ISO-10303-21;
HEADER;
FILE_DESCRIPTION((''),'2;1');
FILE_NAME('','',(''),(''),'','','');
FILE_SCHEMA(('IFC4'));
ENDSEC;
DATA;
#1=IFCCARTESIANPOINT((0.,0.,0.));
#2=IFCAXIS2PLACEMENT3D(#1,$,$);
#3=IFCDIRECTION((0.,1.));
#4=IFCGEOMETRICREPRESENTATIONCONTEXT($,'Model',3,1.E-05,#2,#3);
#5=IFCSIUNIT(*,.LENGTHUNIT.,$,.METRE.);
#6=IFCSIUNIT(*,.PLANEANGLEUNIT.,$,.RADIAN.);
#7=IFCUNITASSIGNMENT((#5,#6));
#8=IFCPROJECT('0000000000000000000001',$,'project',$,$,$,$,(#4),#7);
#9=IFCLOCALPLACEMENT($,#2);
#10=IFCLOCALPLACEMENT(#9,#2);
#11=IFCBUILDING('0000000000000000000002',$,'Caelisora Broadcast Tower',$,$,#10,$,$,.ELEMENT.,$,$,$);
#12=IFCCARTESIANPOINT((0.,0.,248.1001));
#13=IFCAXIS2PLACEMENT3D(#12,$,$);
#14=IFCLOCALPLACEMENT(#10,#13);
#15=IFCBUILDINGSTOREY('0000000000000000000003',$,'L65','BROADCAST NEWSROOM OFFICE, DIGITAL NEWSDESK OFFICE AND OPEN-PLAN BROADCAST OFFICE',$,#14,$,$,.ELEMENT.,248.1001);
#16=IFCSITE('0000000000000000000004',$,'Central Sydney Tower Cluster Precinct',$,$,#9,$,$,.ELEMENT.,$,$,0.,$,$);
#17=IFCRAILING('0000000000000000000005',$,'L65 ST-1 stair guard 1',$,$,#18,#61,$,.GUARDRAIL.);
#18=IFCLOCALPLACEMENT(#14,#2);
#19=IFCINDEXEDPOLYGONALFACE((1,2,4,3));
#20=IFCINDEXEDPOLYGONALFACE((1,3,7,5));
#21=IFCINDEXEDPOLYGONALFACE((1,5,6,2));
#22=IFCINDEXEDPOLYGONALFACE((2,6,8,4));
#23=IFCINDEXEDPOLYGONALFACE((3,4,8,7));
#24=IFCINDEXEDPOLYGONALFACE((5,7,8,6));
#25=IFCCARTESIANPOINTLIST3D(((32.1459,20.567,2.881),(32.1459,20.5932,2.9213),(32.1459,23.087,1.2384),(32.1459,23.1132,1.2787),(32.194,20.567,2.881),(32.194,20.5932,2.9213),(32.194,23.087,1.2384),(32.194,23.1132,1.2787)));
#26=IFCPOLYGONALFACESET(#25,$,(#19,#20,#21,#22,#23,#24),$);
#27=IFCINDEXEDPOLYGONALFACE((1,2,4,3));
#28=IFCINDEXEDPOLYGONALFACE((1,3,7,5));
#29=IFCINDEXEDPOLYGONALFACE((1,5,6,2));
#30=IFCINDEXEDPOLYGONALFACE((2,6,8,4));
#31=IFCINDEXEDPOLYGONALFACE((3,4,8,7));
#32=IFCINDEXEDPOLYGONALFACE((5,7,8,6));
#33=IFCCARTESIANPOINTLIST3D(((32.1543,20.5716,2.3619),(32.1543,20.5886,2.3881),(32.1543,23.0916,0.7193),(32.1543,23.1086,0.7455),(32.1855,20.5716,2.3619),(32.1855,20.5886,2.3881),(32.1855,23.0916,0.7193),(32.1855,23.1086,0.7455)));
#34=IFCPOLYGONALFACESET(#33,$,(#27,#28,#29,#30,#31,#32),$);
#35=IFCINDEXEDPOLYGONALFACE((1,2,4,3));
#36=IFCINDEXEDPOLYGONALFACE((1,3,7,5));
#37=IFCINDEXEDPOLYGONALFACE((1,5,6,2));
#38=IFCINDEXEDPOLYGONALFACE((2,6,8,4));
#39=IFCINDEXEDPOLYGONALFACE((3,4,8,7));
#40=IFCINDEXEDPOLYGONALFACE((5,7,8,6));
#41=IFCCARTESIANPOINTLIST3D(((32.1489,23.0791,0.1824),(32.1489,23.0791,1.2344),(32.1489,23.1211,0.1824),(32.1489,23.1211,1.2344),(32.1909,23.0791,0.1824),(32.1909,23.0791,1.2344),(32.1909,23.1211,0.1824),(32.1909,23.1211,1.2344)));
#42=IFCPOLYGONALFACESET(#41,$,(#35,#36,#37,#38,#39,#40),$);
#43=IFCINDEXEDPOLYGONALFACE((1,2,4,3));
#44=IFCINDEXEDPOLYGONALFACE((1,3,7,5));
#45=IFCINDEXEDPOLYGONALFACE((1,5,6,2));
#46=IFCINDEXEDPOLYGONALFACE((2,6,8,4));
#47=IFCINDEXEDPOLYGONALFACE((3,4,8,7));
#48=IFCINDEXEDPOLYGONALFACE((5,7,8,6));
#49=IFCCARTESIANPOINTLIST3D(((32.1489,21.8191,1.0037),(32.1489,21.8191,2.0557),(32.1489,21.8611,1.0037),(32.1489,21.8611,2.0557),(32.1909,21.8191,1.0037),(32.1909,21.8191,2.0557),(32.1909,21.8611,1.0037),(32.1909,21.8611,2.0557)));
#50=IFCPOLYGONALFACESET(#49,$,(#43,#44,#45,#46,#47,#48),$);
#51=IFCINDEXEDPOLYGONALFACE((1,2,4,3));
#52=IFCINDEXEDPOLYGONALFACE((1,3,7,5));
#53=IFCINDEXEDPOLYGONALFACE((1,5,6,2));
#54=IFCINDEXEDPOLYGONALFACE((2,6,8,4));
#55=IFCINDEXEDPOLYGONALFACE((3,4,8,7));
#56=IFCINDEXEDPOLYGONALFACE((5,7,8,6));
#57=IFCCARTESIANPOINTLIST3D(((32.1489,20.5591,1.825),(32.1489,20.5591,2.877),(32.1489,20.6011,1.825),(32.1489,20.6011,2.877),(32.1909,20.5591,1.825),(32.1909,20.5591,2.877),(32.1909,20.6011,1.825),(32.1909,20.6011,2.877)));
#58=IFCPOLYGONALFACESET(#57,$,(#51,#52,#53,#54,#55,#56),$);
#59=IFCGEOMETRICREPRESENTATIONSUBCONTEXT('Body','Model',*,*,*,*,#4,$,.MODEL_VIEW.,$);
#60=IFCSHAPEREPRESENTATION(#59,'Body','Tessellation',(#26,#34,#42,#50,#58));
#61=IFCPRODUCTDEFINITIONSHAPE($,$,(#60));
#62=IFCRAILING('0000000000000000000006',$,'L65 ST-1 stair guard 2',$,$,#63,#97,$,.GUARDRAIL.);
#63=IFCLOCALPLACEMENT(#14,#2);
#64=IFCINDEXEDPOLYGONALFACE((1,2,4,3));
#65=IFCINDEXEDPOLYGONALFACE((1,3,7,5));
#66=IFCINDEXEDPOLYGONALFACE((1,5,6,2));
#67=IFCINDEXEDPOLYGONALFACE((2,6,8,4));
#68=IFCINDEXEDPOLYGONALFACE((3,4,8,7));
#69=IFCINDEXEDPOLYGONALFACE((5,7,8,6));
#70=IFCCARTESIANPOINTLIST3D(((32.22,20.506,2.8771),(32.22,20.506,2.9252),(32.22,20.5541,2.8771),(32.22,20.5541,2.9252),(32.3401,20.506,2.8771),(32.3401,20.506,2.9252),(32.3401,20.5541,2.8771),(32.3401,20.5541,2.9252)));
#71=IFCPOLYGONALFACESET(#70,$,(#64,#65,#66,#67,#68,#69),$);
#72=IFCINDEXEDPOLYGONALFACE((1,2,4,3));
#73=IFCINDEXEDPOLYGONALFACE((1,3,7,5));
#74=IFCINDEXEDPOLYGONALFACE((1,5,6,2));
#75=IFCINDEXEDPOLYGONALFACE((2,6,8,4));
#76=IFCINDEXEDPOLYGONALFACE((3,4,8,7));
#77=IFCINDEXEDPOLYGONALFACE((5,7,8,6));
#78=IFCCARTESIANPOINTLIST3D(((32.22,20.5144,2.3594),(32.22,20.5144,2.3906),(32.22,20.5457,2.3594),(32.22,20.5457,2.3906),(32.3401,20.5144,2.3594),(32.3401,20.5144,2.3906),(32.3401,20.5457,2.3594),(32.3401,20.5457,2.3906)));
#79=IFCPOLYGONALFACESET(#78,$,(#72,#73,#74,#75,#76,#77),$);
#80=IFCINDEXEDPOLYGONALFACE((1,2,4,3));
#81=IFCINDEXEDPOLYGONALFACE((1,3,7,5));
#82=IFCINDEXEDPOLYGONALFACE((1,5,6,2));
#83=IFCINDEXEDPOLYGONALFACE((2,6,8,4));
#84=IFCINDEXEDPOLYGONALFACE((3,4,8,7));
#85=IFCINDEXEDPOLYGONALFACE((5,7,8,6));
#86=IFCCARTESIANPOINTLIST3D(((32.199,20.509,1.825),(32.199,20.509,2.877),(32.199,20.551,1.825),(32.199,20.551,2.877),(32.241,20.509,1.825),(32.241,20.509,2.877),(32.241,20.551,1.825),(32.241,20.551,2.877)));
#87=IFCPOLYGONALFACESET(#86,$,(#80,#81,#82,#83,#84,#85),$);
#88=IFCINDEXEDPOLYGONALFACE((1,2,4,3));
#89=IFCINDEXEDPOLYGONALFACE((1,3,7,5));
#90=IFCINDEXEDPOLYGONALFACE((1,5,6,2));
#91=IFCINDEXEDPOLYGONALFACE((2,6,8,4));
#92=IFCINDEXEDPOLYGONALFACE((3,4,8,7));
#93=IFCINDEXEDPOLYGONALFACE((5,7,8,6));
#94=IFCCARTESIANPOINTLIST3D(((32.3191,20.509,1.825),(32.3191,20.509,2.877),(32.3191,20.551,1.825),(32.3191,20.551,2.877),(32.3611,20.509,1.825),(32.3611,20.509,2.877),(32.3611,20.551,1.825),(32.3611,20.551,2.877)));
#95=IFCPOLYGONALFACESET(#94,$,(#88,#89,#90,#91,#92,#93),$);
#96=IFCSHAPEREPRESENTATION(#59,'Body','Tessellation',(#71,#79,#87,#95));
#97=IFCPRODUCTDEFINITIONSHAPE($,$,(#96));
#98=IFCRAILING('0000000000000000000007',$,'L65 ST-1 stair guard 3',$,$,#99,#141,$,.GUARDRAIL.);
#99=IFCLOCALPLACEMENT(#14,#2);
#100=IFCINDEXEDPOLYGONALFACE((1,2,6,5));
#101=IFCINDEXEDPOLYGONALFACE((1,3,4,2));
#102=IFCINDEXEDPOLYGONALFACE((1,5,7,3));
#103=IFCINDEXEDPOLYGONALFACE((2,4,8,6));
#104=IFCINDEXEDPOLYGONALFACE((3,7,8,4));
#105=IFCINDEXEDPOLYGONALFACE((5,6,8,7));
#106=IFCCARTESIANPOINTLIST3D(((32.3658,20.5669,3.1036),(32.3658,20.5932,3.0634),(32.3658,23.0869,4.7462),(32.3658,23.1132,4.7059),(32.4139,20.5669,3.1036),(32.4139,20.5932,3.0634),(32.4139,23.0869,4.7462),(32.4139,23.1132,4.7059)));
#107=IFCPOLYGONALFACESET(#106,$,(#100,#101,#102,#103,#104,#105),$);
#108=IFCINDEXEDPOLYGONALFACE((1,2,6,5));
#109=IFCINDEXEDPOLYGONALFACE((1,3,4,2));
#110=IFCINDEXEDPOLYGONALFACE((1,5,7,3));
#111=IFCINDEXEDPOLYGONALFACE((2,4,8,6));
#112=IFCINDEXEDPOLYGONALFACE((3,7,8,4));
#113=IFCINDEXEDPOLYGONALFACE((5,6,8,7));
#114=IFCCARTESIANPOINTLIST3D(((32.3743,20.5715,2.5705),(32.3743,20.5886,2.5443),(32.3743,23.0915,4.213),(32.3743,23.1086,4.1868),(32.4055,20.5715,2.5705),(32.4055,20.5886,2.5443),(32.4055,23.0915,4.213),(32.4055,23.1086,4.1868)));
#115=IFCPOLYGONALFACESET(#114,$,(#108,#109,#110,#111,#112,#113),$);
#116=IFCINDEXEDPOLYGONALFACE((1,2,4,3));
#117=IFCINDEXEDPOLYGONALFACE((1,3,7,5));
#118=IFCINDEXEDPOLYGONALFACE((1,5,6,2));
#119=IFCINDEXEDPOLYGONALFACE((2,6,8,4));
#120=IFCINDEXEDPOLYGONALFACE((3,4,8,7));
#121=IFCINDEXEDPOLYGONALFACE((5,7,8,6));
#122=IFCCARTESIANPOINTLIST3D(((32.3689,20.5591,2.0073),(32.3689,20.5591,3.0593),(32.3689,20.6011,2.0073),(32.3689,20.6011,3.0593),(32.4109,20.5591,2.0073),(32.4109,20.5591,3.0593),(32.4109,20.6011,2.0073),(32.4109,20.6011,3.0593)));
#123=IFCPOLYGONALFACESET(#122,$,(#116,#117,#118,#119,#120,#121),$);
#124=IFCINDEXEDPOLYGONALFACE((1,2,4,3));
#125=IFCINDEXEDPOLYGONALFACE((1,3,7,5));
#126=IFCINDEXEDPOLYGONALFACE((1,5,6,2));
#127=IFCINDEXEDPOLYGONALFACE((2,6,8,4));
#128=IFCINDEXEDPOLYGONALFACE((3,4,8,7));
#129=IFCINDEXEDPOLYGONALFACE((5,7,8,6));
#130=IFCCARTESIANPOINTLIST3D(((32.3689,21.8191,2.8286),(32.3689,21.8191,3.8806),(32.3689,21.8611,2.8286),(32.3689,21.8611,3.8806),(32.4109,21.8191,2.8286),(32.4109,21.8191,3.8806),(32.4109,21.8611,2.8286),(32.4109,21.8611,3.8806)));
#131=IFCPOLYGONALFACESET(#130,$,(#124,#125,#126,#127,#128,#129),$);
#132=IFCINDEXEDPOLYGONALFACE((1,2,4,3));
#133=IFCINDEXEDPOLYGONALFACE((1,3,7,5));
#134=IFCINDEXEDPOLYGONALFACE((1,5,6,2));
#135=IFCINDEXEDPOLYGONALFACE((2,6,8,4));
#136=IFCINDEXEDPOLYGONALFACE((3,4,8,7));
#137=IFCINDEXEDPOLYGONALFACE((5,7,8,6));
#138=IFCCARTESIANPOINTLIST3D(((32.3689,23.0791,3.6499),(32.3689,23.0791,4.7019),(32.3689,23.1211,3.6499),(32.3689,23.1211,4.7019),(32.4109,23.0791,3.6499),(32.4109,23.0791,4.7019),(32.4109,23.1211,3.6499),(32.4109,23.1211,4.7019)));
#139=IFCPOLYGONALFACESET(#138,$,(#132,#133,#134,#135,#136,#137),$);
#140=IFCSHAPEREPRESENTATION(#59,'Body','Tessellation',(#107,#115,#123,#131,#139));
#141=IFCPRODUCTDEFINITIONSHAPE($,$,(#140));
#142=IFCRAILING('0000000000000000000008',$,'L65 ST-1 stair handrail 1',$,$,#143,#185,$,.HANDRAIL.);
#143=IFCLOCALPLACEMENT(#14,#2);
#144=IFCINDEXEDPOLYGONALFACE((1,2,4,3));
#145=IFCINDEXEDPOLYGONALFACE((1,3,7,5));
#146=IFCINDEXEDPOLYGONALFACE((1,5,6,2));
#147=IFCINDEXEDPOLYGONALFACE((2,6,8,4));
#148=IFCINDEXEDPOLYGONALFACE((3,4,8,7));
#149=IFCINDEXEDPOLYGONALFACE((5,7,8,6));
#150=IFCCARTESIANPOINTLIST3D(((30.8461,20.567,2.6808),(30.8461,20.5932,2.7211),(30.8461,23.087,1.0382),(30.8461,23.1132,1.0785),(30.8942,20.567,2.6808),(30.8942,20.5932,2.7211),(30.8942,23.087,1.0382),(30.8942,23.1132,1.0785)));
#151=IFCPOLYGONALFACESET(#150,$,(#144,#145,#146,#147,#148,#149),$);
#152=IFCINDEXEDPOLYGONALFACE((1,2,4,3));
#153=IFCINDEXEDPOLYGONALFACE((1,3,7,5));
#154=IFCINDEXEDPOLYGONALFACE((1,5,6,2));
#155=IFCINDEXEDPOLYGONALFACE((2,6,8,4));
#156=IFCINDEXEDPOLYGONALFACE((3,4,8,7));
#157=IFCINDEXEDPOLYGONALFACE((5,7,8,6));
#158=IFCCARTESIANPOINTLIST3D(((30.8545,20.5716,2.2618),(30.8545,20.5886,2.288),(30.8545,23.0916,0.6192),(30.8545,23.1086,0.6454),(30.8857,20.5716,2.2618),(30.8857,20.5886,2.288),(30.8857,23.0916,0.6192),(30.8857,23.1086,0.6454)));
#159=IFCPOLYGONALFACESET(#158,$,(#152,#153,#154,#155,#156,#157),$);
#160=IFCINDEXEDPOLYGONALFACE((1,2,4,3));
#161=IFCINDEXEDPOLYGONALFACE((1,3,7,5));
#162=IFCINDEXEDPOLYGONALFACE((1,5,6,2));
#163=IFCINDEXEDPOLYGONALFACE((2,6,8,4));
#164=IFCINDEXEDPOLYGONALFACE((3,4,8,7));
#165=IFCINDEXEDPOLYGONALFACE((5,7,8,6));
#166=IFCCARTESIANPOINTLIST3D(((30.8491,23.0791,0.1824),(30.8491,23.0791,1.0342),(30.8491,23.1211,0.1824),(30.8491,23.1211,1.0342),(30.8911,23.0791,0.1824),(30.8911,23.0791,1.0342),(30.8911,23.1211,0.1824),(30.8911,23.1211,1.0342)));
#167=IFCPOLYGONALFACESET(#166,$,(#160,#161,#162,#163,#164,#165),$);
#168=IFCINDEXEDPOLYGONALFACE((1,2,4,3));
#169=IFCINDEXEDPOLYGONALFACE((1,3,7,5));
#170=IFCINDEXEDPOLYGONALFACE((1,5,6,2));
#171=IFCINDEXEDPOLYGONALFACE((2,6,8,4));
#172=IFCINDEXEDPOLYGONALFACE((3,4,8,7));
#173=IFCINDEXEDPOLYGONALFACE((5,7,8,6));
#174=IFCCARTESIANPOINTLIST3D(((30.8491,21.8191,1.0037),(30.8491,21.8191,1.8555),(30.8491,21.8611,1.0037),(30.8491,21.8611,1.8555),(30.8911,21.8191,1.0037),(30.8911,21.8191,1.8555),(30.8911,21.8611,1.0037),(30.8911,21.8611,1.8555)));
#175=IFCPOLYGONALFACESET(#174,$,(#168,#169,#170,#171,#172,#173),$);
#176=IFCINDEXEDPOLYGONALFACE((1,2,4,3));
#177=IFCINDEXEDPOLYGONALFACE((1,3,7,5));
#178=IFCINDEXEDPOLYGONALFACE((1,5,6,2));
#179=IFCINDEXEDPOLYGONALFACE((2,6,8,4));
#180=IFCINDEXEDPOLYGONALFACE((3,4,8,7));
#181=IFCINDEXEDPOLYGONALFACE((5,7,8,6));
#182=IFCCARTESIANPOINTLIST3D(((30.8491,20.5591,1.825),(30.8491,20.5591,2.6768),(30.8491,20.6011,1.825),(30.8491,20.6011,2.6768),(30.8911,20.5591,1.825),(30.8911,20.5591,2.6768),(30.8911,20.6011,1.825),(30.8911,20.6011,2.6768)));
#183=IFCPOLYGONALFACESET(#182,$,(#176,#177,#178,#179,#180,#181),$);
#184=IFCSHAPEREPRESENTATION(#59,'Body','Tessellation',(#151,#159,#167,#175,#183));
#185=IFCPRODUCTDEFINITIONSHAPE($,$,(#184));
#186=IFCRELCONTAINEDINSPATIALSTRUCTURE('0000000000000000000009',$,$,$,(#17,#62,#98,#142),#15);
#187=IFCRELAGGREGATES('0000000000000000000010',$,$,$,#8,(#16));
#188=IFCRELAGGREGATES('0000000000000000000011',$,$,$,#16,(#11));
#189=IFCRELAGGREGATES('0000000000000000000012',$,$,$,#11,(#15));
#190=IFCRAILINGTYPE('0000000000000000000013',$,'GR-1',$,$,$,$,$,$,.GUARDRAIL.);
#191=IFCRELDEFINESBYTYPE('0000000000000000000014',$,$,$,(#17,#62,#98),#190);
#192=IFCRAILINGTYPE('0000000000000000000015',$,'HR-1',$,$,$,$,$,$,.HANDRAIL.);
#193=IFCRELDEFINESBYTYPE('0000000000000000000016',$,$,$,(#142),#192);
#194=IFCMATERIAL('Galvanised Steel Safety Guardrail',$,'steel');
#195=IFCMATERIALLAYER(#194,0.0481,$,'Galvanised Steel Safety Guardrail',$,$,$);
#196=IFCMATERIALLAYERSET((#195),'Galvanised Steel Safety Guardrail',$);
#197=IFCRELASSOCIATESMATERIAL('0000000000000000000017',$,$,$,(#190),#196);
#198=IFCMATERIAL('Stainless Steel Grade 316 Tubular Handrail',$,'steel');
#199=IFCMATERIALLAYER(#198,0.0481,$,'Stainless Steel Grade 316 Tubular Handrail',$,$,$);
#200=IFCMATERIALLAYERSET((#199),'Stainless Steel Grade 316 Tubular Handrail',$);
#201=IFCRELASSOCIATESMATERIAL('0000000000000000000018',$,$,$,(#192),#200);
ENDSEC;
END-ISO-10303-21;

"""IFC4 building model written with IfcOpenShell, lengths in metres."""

from ifc_helpers import new_model, si_unit, direction, frame, origin, origin_2d, place, context, subcontext, project, spatial, rectangle, extrude, material, layer, layer_set, type_object, element, save


model = new_model("IFC4")

# Units and contexts
model_context = context("Model", 3, precision=1e-05, world=origin(), true_north=direction((0.0, 1.0)))
body_context = subcontext(model_context, "Body", "Model", "MODEL_VIEW")
ifc_project = project(units=[si_unit("LENGTHUNIT", "METRE"), si_unit("PLANEANGLEUNIT", "RADIAN")], contexts=[model_context])

# Site, building, storey
site_placement = place(None, origin())
site = spatial("IfcSite", under=ifc_project, at=site_placement, Name="Central Sydney Tower Cluster Precinct", CompositionType="ELEMENT", RefElevation=0.0)
building_placement = place(site_placement, origin())
building = spatial("IfcBuilding", under=site, at=building_placement, Name="Caelisora Broadcast Tower", CompositionType="ELEMENT")
storey_placement = place(building_placement, frame((0.0, 0.0, 248.1001)))
storey = spatial("IfcBuildingStorey", under=building, at=storey_placement, Name="L65", Description="BROADCAST NEWSROOM OFFICE, DIGITAL NEWSDESK OFFICE AND OPEN-PLAN BROADCAST OFFICE", CompositionType="ELEMENT", Elevation=248.1001)

# Railings
ifc_material_1 = material(Name="Galvanised Steel Safety Guardrail", Category="steel")
ifc_layer_1 = layer(ifc_material_1, 0.0481, Name="Galvanised Steel Safety Guardrail")
ifc_layer_set_1 = layer_set([ifc_layer_1], Name="Galvanised Steel Safety Guardrail")
railing_type_1 = type_object("IfcRailingType", Name="GR-1", PredefinedType="GUARDRAIL", material=ifc_layer_set_1)
railing_1_placement = place(storey_placement, frame((32.1699, 23.1001, 0.1824)))
element("IfcRailing", 1, at=railing_1_placement, inside=storey, type_object=railing_type_1, Name="L65 ST-1 stair guard 1", PredefinedType="GUARDRAIL", context=body_context, shape_type="SweptSolid", body=[
    extrude(rectangle(XDim=0.0481, YDim=0.0481, at=origin_2d()), frame((0.0, 0.0, 1.0762), z_axis=(0.0, -0.837749, 0.546055), x_axis=(1.0, 0.0, 0.0)), (0.0, 0.0, 1.0), 3.0081),
    extrude(rectangle(XDim=0.0312, YDim=0.0312, at=origin_2d()), frame((0.0, 0.0, 0.55), z_axis=(0.0, -0.837749, 0.546055), x_axis=(1.0, 0.0, 0.0)), (0.0, 0.0, 1.0), 3.0081),
    extrude(rectangle(XDim=0.042, YDim=0.042, at=origin_2d()), origin(), (0.0, 0.0, 1.0), 1.052),
    extrude(rectangle(XDim=0.042, YDim=0.042, at=origin_2d()), frame((0.0, -1.26, 0.8213)), (0.0, 0.0, 1.0), 1.052),
    extrude(rectangle(XDim=0.042, YDim=0.042, at=origin_2d()), frame((0.0, -2.52, 1.6426)), (0.0, 0.0, 1.0), 1.052),
])
railing_2_placement = place(storey_placement, frame((32.22, 20.53, 1.825)))
element("IfcRailing", 2, at=railing_2_placement, inside=storey, type_object=railing_type_1, Name="L65 ST-1 stair guard 2", PredefinedType="GUARDRAIL", context=body_context, shape_type="SweptSolid", body=[
    extrude(rectangle(XDim=0.0481, YDim=0.0481, at=origin_2d()), frame((0.0, 0.0, 1.0762), z_axis=(1.0, 0.0, 0.0), x_axis=(0.0, 1.0, 0.0)), (0.0, 0.0, 1.0), 0.1201),
    extrude(rectangle(XDim=0.0312, YDim=0.0312, at=origin_2d()), frame((0.0, 0.0, 0.55), z_axis=(1.0, 0.0, 0.0), x_axis=(0.0, 1.0, 0.0)), (0.0, 0.0, 1.0), 0.1201),
    extrude(rectangle(XDim=0.042, YDim=0.042, at=origin_2d()), origin(), (0.0, 0.0, 1.0), 1.052),
    extrude(rectangle(XDim=0.042, YDim=0.042, at=origin_2d()), frame((0.1201, 0.0, 0.0)), (0.0, 0.0, 1.0), 1.052),
])
railing_3_placement = place(storey_placement, frame((32.3899, 20.5801, 2.0073)))
element("IfcRailing", 3, at=railing_3_placement, inside=storey, type_object=railing_type_1, Name="L65 ST-1 stair guard 3", PredefinedType="GUARDRAIL", context=body_context, shape_type="SweptSolid", body=[
    extrude(rectangle(XDim=0.0481, YDim=0.0481, at=origin_2d()), frame((0.0, 0.0, 1.0762), z_axis=(0.0, 0.837749, 0.546055), x_axis=(-1.0, 0.0, 0.0)), (0.0, 0.0, 1.0), 3.0081),
    extrude(rectangle(XDim=0.0312, YDim=0.0312, at=origin_2d()), frame((0.0, 0.0, 0.55), z_axis=(0.0, 0.837749, 0.546055), x_axis=(-1.0, 0.0, 0.0)), (0.0, 0.0, 1.0), 3.0081),
    extrude(rectangle(XDim=0.042, YDim=0.042, at=origin_2d()), origin(), (0.0, 0.0, 1.0), 1.052),
    extrude(rectangle(XDim=0.042, YDim=0.042, at=origin_2d()), frame((0.0, 1.26, 0.8213)), (0.0, 0.0, 1.0), 1.052),
    extrude(rectangle(XDim=0.042, YDim=0.042, at=origin_2d()), frame((0.0, 2.52, 1.6426)), (0.0, 0.0, 1.0), 1.052),
])
ifc_material_2 = material(Name="Stainless Steel Grade 316 Tubular Handrail", Category="steel")
ifc_layer_2 = layer(ifc_material_2, 0.0481, Name="Stainless Steel Grade 316 Tubular Handrail")
ifc_layer_set_2 = layer_set([ifc_layer_2], Name="Stainless Steel Grade 316 Tubular Handrail")
railing_type_2 = type_object("IfcRailingType", Name="HR-1", PredefinedType="HANDRAIL", material=ifc_layer_set_2)
railing_4_placement = place(storey_placement, frame((30.8701, 23.1001, 0.1824)))
element("IfcRailing", 4, at=railing_4_placement, inside=storey, type_object=railing_type_2, Name="L65 ST-1 stair handrail 1", PredefinedType="HANDRAIL", context=body_context, shape_type="SweptSolid", body=[
    extrude(rectangle(XDim=0.0481, YDim=0.0481, at=origin_2d()), frame((0.0, 0.0, 0.876), z_axis=(0.0, -0.837749, 0.546055), x_axis=(1.0, 0.0, 0.0)), (0.0, 0.0, 1.0), 3.0081),
    extrude(rectangle(XDim=0.0312, YDim=0.0312, at=origin_2d()), frame((0.0, 0.0, 0.45), z_axis=(0.0, -0.837749, 0.546055), x_axis=(1.0, 0.0, 0.0)), (0.0, 0.0, 1.0), 3.0081),
    extrude(rectangle(XDim=0.042, YDim=0.042, at=origin_2d()), origin(), (0.0, 0.0, 1.0), 0.8518),
    extrude(rectangle(XDim=0.042, YDim=0.042, at=origin_2d()), frame((0.0, -1.26, 0.8213)), (0.0, 0.0, 1.0), 0.8518),
    extrude(rectangle(XDim=0.042, YDim=0.042, at=origin_2d()), frame((0.0, -2.52, 1.6426)), (0.0, 0.0, 1.0), 0.8518),
])

save(model, "model.ifc")
